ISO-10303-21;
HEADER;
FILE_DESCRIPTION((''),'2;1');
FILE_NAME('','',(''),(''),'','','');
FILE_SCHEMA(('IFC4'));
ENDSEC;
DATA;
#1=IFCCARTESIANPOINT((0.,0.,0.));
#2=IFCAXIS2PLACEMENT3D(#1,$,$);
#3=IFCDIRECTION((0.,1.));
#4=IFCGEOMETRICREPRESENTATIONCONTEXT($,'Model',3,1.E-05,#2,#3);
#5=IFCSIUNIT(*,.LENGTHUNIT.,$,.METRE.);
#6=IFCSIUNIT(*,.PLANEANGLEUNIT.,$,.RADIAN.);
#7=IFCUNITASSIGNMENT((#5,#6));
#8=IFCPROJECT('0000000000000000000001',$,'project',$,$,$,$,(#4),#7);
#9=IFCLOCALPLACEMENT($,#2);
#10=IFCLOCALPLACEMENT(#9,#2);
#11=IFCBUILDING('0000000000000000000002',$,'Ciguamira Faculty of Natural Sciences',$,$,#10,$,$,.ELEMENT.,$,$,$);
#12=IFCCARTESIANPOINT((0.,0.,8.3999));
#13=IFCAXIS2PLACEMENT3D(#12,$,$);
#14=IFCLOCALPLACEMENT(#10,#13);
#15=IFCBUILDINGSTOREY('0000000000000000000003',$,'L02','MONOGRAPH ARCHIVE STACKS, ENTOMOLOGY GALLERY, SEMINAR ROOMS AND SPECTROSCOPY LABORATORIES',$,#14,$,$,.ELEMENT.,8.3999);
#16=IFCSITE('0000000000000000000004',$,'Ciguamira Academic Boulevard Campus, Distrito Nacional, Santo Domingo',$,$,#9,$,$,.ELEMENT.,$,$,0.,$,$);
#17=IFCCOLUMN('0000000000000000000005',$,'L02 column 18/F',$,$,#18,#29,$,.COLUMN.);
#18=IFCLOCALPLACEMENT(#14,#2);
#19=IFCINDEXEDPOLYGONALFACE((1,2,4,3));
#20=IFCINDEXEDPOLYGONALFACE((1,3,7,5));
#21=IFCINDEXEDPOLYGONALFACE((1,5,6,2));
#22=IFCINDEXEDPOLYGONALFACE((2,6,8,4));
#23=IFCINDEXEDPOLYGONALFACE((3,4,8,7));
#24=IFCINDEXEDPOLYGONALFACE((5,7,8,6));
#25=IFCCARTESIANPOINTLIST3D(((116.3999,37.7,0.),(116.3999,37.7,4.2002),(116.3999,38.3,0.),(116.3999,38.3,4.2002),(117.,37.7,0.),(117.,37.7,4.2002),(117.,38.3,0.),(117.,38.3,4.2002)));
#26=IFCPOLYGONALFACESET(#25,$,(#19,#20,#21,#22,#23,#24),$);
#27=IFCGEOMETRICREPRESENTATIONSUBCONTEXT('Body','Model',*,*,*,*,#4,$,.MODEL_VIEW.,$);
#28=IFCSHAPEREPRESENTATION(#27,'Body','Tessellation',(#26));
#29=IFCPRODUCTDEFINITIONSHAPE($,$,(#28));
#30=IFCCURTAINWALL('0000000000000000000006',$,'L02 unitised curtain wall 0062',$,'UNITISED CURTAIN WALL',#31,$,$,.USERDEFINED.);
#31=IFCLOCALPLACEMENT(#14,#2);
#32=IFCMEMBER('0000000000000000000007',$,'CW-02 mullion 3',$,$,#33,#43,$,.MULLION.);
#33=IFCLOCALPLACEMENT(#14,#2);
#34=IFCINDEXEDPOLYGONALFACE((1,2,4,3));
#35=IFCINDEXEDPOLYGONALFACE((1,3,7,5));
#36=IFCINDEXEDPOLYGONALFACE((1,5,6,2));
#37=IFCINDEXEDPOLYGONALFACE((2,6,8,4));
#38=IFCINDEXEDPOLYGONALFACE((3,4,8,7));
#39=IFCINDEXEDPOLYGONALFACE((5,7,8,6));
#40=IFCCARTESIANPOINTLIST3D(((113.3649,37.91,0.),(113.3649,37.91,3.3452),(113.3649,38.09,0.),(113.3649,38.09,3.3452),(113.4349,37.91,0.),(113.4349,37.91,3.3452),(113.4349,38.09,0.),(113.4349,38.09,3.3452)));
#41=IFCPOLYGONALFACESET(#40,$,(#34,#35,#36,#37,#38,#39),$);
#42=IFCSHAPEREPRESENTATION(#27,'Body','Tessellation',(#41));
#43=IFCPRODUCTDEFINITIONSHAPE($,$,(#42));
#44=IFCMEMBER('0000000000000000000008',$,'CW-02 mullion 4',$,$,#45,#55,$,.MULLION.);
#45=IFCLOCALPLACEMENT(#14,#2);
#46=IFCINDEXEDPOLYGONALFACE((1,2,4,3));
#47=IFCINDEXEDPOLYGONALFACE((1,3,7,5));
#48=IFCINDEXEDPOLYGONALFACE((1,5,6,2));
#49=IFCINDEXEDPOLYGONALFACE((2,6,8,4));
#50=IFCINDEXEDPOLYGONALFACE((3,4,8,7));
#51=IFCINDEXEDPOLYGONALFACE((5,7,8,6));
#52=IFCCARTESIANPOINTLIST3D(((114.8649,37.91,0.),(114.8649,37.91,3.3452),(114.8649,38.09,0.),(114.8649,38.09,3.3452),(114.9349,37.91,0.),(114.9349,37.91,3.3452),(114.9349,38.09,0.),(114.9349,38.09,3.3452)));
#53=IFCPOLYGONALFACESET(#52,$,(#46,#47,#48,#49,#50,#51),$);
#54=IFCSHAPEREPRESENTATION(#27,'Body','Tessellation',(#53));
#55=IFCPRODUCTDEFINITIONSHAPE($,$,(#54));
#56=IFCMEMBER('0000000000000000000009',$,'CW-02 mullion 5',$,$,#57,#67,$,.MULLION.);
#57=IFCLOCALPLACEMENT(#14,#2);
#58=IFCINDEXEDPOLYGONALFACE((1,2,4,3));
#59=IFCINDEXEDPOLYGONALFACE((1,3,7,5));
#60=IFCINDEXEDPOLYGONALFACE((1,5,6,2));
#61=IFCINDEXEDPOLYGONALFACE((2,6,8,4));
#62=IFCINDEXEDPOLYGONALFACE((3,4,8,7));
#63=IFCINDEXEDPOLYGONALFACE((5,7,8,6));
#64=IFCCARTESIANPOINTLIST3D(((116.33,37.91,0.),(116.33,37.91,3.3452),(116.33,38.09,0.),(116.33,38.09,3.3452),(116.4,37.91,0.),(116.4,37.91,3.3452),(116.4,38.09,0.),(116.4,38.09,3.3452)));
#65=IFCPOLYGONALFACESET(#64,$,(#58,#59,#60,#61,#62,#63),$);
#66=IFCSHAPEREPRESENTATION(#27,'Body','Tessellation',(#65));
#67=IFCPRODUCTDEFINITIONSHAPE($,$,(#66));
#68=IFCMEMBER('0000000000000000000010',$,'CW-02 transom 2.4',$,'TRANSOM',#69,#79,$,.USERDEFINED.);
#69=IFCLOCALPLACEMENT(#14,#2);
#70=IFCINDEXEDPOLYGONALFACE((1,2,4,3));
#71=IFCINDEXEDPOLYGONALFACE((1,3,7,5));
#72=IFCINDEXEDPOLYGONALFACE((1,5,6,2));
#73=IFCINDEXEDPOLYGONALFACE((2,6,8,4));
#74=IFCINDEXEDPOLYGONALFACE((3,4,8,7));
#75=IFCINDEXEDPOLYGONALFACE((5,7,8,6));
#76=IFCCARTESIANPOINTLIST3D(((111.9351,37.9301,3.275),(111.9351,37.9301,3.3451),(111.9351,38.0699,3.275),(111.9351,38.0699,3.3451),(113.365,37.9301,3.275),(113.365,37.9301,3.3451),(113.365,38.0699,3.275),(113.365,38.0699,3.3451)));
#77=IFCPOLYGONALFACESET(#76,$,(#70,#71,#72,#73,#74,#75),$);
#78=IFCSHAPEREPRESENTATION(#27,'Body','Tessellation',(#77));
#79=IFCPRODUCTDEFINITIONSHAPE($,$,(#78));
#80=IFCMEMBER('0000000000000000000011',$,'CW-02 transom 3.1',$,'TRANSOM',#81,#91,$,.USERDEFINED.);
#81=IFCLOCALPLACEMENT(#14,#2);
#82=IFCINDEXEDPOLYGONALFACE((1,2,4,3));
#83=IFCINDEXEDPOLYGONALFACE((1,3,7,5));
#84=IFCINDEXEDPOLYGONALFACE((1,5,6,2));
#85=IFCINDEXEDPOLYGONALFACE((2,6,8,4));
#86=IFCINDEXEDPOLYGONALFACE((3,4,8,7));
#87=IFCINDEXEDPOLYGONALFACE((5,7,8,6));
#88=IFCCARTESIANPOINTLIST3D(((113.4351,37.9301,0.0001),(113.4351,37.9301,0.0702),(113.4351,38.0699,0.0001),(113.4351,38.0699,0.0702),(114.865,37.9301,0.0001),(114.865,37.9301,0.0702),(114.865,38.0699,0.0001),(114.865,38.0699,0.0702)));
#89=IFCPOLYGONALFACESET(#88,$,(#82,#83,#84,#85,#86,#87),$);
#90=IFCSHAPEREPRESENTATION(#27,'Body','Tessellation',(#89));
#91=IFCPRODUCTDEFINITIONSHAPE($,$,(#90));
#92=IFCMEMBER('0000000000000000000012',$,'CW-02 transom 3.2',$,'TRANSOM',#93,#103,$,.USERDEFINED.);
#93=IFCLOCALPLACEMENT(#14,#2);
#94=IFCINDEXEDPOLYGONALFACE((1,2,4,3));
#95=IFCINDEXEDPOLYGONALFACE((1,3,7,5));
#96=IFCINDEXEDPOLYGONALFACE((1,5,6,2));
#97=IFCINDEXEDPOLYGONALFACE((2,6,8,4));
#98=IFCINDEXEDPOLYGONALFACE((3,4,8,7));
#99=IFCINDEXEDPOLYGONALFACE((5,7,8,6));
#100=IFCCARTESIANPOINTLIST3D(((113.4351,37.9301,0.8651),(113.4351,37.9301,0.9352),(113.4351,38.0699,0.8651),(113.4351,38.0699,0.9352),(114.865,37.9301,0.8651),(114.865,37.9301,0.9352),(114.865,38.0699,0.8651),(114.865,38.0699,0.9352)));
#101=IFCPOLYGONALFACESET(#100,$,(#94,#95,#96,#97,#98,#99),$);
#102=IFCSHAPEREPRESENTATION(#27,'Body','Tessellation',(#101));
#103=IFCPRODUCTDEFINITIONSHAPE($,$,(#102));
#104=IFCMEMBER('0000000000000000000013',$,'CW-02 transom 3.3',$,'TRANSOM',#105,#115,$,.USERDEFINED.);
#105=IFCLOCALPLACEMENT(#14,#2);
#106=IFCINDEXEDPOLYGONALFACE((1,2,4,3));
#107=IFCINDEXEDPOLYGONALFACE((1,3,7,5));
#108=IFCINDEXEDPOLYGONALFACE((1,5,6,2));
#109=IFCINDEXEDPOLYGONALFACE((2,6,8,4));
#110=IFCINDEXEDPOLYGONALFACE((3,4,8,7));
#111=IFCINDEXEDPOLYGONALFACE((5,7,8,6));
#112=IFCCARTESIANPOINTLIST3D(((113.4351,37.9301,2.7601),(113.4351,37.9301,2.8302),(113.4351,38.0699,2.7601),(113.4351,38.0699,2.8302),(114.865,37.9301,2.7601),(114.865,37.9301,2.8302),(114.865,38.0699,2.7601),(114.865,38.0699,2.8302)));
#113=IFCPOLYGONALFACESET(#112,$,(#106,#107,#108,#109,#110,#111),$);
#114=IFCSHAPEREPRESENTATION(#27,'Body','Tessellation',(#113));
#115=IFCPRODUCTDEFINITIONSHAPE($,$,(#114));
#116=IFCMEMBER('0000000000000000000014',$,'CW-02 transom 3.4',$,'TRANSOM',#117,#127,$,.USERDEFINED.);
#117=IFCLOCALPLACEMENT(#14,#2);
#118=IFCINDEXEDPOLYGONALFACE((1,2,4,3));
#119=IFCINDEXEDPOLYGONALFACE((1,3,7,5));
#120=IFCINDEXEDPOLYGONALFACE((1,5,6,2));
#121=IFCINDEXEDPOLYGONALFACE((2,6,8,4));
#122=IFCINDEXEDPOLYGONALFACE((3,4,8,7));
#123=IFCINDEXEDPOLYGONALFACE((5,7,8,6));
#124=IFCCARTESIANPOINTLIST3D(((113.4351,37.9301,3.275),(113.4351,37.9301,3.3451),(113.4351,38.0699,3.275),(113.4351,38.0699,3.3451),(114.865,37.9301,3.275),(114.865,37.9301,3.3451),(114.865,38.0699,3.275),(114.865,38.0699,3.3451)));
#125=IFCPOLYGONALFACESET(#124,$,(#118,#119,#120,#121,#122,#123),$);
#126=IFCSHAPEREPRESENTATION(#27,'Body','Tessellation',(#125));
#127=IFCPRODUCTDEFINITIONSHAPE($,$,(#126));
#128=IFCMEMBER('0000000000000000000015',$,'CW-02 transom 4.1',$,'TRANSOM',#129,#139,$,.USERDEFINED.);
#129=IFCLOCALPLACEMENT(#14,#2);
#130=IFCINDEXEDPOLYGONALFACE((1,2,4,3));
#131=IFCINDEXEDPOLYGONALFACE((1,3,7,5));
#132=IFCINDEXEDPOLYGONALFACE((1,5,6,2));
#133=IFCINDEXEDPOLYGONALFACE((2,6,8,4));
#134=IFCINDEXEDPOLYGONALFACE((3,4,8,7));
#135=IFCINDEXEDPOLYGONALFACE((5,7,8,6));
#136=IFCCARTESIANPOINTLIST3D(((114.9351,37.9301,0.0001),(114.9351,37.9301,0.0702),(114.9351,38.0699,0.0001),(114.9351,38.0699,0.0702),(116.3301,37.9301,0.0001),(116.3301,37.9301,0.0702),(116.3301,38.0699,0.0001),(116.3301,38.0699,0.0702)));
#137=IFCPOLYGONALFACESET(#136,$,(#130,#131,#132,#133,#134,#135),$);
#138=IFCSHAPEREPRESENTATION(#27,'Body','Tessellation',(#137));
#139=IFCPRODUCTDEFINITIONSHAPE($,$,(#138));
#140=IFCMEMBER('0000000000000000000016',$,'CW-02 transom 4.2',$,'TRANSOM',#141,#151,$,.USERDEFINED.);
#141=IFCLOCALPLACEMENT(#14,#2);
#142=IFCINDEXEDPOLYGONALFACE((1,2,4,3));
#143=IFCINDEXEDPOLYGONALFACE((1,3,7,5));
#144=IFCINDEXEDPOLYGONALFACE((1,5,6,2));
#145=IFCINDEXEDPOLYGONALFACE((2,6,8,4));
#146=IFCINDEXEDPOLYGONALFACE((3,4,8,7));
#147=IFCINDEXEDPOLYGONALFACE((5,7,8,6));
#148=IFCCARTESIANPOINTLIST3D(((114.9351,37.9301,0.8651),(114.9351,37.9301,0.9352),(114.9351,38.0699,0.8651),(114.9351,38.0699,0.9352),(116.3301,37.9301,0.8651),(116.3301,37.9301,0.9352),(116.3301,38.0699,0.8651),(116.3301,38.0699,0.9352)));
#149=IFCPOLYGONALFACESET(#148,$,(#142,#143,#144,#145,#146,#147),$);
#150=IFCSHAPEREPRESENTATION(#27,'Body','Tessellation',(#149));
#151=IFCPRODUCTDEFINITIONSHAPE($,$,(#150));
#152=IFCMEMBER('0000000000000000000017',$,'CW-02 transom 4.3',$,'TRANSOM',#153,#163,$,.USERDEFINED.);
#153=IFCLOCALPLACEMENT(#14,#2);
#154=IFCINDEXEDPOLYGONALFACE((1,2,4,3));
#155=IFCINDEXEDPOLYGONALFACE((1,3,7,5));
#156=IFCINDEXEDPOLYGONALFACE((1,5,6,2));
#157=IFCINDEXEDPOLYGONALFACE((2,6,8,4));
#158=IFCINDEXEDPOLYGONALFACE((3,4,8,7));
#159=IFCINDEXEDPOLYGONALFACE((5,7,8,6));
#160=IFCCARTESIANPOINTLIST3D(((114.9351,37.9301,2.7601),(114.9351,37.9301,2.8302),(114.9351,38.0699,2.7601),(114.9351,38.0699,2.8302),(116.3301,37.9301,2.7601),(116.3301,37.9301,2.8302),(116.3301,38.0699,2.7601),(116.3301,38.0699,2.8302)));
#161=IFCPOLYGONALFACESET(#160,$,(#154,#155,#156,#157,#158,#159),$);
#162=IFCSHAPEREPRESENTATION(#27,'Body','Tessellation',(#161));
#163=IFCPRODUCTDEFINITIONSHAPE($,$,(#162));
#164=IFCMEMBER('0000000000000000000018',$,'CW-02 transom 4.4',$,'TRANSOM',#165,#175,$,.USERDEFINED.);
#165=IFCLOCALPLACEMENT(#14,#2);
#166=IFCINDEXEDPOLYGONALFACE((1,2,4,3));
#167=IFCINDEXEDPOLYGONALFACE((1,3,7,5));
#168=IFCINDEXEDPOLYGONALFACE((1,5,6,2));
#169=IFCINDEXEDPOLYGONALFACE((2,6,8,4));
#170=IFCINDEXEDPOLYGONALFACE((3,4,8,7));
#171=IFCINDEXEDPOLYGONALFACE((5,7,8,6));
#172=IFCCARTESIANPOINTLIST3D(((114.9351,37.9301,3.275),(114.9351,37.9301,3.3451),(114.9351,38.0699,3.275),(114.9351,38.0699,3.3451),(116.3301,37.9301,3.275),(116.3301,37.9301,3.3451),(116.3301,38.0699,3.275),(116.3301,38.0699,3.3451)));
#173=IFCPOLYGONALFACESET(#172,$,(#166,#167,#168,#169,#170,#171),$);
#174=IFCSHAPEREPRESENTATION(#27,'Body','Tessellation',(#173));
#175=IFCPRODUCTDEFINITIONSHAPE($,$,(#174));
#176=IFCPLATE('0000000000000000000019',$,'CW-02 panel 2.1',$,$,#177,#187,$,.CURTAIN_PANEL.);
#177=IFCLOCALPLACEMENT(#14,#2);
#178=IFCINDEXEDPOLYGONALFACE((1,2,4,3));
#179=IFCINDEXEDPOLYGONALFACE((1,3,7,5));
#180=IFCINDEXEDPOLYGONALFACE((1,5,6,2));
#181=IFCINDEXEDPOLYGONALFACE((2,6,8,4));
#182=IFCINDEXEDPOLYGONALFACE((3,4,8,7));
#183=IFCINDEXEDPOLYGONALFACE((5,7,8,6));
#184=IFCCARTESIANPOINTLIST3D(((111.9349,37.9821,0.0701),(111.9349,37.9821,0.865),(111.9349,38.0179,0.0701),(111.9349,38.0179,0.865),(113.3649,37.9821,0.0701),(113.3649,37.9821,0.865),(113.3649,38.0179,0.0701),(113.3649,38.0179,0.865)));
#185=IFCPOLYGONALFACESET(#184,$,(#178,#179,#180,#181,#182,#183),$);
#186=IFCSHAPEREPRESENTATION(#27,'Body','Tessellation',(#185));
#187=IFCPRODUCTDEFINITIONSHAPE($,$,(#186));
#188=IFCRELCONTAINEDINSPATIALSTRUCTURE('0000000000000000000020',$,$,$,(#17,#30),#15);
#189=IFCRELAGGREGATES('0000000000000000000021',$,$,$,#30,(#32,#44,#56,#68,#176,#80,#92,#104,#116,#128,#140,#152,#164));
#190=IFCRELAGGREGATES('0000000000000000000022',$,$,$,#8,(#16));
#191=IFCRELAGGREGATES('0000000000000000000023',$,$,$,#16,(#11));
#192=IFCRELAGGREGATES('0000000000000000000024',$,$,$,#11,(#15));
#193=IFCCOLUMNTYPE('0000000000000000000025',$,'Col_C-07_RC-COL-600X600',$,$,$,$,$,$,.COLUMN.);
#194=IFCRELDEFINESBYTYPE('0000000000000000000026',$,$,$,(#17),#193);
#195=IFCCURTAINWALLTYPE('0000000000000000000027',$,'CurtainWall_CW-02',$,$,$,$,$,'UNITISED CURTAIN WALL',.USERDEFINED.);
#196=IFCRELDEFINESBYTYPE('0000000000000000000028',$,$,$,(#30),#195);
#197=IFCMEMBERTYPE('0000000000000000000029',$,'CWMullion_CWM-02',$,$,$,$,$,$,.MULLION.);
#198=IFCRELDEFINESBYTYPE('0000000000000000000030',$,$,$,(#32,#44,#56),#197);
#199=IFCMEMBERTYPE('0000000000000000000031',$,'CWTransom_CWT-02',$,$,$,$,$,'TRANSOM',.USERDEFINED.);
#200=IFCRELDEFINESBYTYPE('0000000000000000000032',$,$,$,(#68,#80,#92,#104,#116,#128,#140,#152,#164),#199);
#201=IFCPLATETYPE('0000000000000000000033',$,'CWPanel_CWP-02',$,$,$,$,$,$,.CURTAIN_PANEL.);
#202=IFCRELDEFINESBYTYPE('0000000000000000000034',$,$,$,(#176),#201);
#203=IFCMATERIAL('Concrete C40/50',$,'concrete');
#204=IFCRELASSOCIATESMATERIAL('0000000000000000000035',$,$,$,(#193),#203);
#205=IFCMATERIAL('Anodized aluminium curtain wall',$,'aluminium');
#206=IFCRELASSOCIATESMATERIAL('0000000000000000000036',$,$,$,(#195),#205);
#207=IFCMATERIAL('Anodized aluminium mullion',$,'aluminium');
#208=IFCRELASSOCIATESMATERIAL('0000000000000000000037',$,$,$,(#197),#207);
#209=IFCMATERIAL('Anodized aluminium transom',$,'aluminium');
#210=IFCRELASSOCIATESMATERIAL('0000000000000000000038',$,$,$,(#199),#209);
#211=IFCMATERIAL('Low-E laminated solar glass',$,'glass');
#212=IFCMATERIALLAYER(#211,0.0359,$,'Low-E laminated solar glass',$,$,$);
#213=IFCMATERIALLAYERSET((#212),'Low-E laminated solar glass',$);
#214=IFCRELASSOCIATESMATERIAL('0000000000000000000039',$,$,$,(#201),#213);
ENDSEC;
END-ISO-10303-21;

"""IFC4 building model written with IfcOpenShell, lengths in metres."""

from ifc_helpers import new_model, si_unit, direction, frame, origin, origin_2d, place, context, subcontext, project, spatial, rectangle, extrude, material, layer, layer_set, material_profile, profile_set, type_object, element, aggregate, save


model = new_model("IFC4")

# Units and contexts
model_context = context("Model", 3, precision=1e-05, world=origin(), true_north=direction((0.0, 1.0)))
body_context = subcontext(model_context, "Body", "Model", "MODEL_VIEW")
ifc_project = project(units=[si_unit("LENGTHUNIT", "METRE"), si_unit("PLANEANGLEUNIT", "RADIAN")], contexts=[model_context])

# Site, building, storey
site_placement = place(None, origin())
site = spatial("IfcSite", under=ifc_project, at=site_placement, Name="Ciguamira Academic Boulevard Campus, Distrito Nacional, Santo Domingo", CompositionType="ELEMENT", RefElevation=0.0)
building_placement = place(site_placement, origin())
building = spatial("IfcBuilding", under=site, at=building_placement, Name="Ciguamira Faculty of Natural Sciences", CompositionType="ELEMENT")
storey_placement = place(building_placement, frame((0.0, 0.0, 8.3999)))
storey = spatial("IfcBuildingStorey", under=building, at=storey_placement, Name="L02", Description="MONOGRAPH ARCHIVE STACKS, ENTOMOLOGY GALLERY, SEMINAR ROOMS AND SPECTROSCOPY LABORATORIES", CompositionType="ELEMENT", Elevation=8.3999)

# Column
ifc_material_1 = material(Name="Concrete C40/50", Category="concrete")
ifc_material_profile_1 = material_profile(ifc_material_1, rectangle(XDim=0.6001, YDim=0.6001, at=origin_2d()), Name="RC-COL-600X600")
ifc_profile_set_1 = profile_set([ifc_material_profile_1], Name="Concrete C40/50")
column_type = type_object("IfcColumnType", Name="Col_C-07_RC-COL-600X600", PredefinedType="COLUMN", material=ifc_profile_set_1)
column_placement = place(storey_placement, frame((116.7, 38.0, 0.0), z_axis=(0.0, 0.0, 1.0), x_axis=(1.0, 0.0, 0.0)))
element("IfcColumn", 1, at=column_placement, inside=storey, type_object=column_type, Name="L02 column 18/F", PredefinedType="COLUMN", context=body_context, shape_type="SweptSolid", body=[
    extrude(rectangle(XDim=0.6001, YDim=0.6001, at=origin_2d()), origin(), (0.0, 0.0, 1.0), 4.2002),
])

# Curtain wall, members, plate
ifc_material_2 = material(Name="Anodized aluminium curtain wall", Category="aluminium")
curtain_wall_type = type_object("IfcCurtainWallType", Name="CurtainWall_CW-02", ElementType="UNITISED CURTAIN WALL", PredefinedType="USERDEFINED", material=ifc_material_2)
curtain_wall_placement = place(storey_placement, origin())
curtain_wall = element("IfcCurtainWall", 2, at=curtain_wall_placement, inside=storey, type_object=curtain_wall_type, Name="L02 unitised curtain wall 0062", ObjectType="UNITISED CURTAIN WALL", PredefinedType="USERDEFINED")
ifc_material_3 = material(Name="Anodized aluminium mullion", Category="aluminium")
ifc_material_profile_2 = material_profile(ifc_material_3, rectangle(XDim=0.0701, YDim=0.1799, at=origin_2d()), Name="ALU-MUL-70X180")
ifc_profile_set_2 = profile_set([ifc_material_profile_2], Name="Anodized aluminium mullion")
member_type_1 = type_object("IfcMemberType", Name="CWMullion_CWM-02", PredefinedType="MULLION", material=ifc_profile_set_2)
member_1_placement = place(storey_placement, frame((113.3999, 38.0, 0.0), z_axis=(0.0, 0.0, 1.0), x_axis=(1.0, 0.0, 0.0)))
member_1 = element("IfcMember", 3, at=member_1_placement, type_object=member_type_1, Name="CW-02 mullion 3", PredefinedType="MULLION", context=body_context, shape_type="SweptSolid", body=[
    extrude(rectangle(XDim=0.0701, YDim=0.1799, at=origin_2d()), origin(), (0.0, 0.0, 1.0), 3.3452),
])
member_2_placement = place(storey_placement, frame((114.8999, 38.0, 0.0), z_axis=(0.0, 0.0, 1.0), x_axis=(1.0, 0.0, 0.0)))
member_2 = element("IfcMember", 4, at=member_2_placement, type_object=member_type_1, Name="CW-02 mullion 4", PredefinedType="MULLION", context=body_context, shape_type="SweptSolid", body=[
    extrude(rectangle(XDim=0.0701, YDim=0.1799, at=origin_2d()), origin(), (0.0, 0.0, 1.0), 3.3452),
])
member_3_placement = place(storey_placement, frame((116.365, 38.0, 0.0), z_axis=(0.0, 0.0, 1.0), x_axis=(1.0, 0.0, 0.0)))
member_3 = element("IfcMember", 5, at=member_3_placement, type_object=member_type_1, Name="CW-02 mullion 5", PredefinedType="MULLION", context=body_context, shape_type="SweptSolid", body=[
    extrude(rectangle(XDim=0.0701, YDim=0.1799, at=origin_2d()), origin(), (0.0, 0.0, 1.0), 3.3452),
])
ifc_material_4 = material(Name="Anodized aluminium transom", Category="aluminium")
ifc_material_profile_3 = material_profile(ifc_material_4, rectangle(XDim=0.0701, YDim=0.1399, at=origin_2d()), Name="ALU-TRN-70X140")
ifc_profile_set_3 = profile_set([ifc_material_profile_3], Name="Anodized aluminium transom")
member_type_2 = type_object("IfcMemberType", Name="CWTransom_CWT-02", ElementType="TRANSOM", PredefinedType="USERDEFINED", material=ifc_profile_set_3)
member_4_placement = place(storey_placement, frame((111.9351, 38.0, 3.3101), z_axis=(1.0, 0.0, 0.0), x_axis=(0.0, 0.0, 1.0)))
member_4 = element("IfcMember", 6, at=member_4_placement, type_object=member_type_2, Name="CW-02 transom 2.4", ObjectType="TRANSOM", PredefinedType="USERDEFINED", context=body_context, shape_type="SweptSolid", body=[
    extrude(rectangle(XDim=0.0701, YDim=0.1399, at=origin_2d()), origin(), (0.0, 0.0, 1.0), 1.4299),
])
member_5_placement = place(storey_placement, frame((113.4351, 38.0, 0.0352), z_axis=(1.0, 0.0, 0.0), x_axis=(0.0, 0.0, 1.0)))
member_5 = element("IfcMember", 7, at=member_5_placement, type_object=member_type_2, Name="CW-02 transom 3.1", ObjectType="TRANSOM", PredefinedType="USERDEFINED", context=body_context, shape_type="SweptSolid", body=[
    extrude(rectangle(XDim=0.0701, YDim=0.1399, at=origin_2d()), origin(), (0.0, 0.0, 1.0), 1.4299),
])
member_6_placement = place(storey_placement, frame((113.4351, 38.0, 0.9001), z_axis=(1.0, 0.0, 0.0), x_axis=(0.0, 0.0, 1.0)))
member_6 = element("IfcMember", 8, at=member_6_placement, type_object=member_type_2, Name="CW-02 transom 3.2", ObjectType="TRANSOM", PredefinedType="USERDEFINED", context=body_context, shape_type="SweptSolid", body=[
    extrude(rectangle(XDim=0.0701, YDim=0.1399, at=origin_2d()), origin(), (0.0, 0.0, 1.0), 1.4299),
])
member_7_placement = place(storey_placement, frame((113.4351, 38.0, 2.7952), z_axis=(1.0, 0.0, 0.0), x_axis=(0.0, 0.0, 1.0)))
member_7 = element("IfcMember", 9, at=member_7_placement, type_object=member_type_2, Name="CW-02 transom 3.3", ObjectType="TRANSOM", PredefinedType="USERDEFINED", context=body_context, shape_type="SweptSolid", body=[
    extrude(rectangle(XDim=0.0701, YDim=0.1399, at=origin_2d()), origin(), (0.0, 0.0, 1.0), 1.4299),
])
member_8_placement = place(storey_placement, frame((113.4351, 38.0, 3.3101), z_axis=(1.0, 0.0, 0.0), x_axis=(0.0, 0.0, 1.0)))
member_8 = element("IfcMember", 10, at=member_8_placement, type_object=member_type_2, Name="CW-02 transom 3.4", ObjectType="TRANSOM", PredefinedType="USERDEFINED", context=body_context, shape_type="SweptSolid", body=[
    extrude(rectangle(XDim=0.0701, YDim=0.1399, at=origin_2d()), origin(), (0.0, 0.0, 1.0), 1.4299),
])
member_9_placement = place(storey_placement, frame((114.9351, 38.0, 0.0352), z_axis=(1.0, 0.0, 0.0), x_axis=(0.0, 0.0, 1.0)))
member_9 = element("IfcMember", 11, at=member_9_placement, type_object=member_type_2, Name="CW-02 transom 4.1", ObjectType="TRANSOM", PredefinedType="USERDEFINED", context=body_context, shape_type="SweptSolid", body=[
    extrude(rectangle(XDim=0.0701, YDim=0.1399, at=origin_2d()), origin(), (0.0, 0.0, 1.0), 1.395),
])
member_10_placement = place(storey_placement, frame((114.9351, 38.0, 0.9001), z_axis=(1.0, 0.0, 0.0), x_axis=(0.0, 0.0, 1.0)))
member_10 = element("IfcMember", 12, at=member_10_placement, type_object=member_type_2, Name="CW-02 transom 4.2", ObjectType="TRANSOM", PredefinedType="USERDEFINED", context=body_context, shape_type="SweptSolid", body=[
    extrude(rectangle(XDim=0.0701, YDim=0.1399, at=origin_2d()), origin(), (0.0, 0.0, 1.0), 1.395),
])
member_11_placement = place(storey_placement, frame((114.9351, 38.0, 2.7952), z_axis=(1.0, 0.0, 0.0), x_axis=(0.0, 0.0, 1.0)))
member_11 = element("IfcMember", 13, at=member_11_placement, type_object=member_type_2, Name="CW-02 transom 4.3", ObjectType="TRANSOM", PredefinedType="USERDEFINED", context=body_context, shape_type="SweptSolid", body=[
    extrude(rectangle(XDim=0.0701, YDim=0.1399, at=origin_2d()), origin(), (0.0, 0.0, 1.0), 1.395),
])
member_12_placement = place(storey_placement, frame((114.9351, 38.0, 3.3101), z_axis=(1.0, 0.0, 0.0), x_axis=(0.0, 0.0, 1.0)))
member_12 = element("IfcMember", 14, at=member_12_placement, type_object=member_type_2, Name="CW-02 transom 4.4", ObjectType="TRANSOM", PredefinedType="USERDEFINED", context=body_context, shape_type="SweptSolid", body=[
    extrude(rectangle(XDim=0.0701, YDim=0.1399, at=origin_2d()), origin(), (0.0, 0.0, 1.0), 1.395),
])
ifc_material_5 = material(Name="Low-E laminated solar glass", Category="glass")
ifc_layer = layer(ifc_material_5, 0.0359, Name="Low-E laminated solar glass")
ifc_layer_set = layer_set([ifc_layer], Name="Low-E laminated solar glass")
plate_type = type_object("IfcPlateType", Name="CWPanel_CWP-02", PredefinedType="CURTAIN_PANEL", material=ifc_layer_set)
plate_1_placement = place(storey_placement, frame((112.6499, 38.0, 0.0701), z_axis=(0.0, 0.0, 1.0), x_axis=(1.0, 0.0, 0.0)))
plate_1 = element("IfcPlate", 15, at=plate_1_placement, type_object=plate_type, Name="CW-02 panel 2.1", PredefinedType="CURTAIN_PANEL", context=body_context, shape_type="SweptSolid", body=[
    extrude(rectangle(XDim=1.4299, YDim=0.0359, at=origin_2d()), origin(), (0.0, 0.0, 1.0), 0.7949),
])
aggregate(curtain_wall, [member_1, member_2, member_3, member_4, plate_1, member_5, member_6, member_7, member_8, member_9, member_10, member_11, member_12])

save(model, "model.ifc")
